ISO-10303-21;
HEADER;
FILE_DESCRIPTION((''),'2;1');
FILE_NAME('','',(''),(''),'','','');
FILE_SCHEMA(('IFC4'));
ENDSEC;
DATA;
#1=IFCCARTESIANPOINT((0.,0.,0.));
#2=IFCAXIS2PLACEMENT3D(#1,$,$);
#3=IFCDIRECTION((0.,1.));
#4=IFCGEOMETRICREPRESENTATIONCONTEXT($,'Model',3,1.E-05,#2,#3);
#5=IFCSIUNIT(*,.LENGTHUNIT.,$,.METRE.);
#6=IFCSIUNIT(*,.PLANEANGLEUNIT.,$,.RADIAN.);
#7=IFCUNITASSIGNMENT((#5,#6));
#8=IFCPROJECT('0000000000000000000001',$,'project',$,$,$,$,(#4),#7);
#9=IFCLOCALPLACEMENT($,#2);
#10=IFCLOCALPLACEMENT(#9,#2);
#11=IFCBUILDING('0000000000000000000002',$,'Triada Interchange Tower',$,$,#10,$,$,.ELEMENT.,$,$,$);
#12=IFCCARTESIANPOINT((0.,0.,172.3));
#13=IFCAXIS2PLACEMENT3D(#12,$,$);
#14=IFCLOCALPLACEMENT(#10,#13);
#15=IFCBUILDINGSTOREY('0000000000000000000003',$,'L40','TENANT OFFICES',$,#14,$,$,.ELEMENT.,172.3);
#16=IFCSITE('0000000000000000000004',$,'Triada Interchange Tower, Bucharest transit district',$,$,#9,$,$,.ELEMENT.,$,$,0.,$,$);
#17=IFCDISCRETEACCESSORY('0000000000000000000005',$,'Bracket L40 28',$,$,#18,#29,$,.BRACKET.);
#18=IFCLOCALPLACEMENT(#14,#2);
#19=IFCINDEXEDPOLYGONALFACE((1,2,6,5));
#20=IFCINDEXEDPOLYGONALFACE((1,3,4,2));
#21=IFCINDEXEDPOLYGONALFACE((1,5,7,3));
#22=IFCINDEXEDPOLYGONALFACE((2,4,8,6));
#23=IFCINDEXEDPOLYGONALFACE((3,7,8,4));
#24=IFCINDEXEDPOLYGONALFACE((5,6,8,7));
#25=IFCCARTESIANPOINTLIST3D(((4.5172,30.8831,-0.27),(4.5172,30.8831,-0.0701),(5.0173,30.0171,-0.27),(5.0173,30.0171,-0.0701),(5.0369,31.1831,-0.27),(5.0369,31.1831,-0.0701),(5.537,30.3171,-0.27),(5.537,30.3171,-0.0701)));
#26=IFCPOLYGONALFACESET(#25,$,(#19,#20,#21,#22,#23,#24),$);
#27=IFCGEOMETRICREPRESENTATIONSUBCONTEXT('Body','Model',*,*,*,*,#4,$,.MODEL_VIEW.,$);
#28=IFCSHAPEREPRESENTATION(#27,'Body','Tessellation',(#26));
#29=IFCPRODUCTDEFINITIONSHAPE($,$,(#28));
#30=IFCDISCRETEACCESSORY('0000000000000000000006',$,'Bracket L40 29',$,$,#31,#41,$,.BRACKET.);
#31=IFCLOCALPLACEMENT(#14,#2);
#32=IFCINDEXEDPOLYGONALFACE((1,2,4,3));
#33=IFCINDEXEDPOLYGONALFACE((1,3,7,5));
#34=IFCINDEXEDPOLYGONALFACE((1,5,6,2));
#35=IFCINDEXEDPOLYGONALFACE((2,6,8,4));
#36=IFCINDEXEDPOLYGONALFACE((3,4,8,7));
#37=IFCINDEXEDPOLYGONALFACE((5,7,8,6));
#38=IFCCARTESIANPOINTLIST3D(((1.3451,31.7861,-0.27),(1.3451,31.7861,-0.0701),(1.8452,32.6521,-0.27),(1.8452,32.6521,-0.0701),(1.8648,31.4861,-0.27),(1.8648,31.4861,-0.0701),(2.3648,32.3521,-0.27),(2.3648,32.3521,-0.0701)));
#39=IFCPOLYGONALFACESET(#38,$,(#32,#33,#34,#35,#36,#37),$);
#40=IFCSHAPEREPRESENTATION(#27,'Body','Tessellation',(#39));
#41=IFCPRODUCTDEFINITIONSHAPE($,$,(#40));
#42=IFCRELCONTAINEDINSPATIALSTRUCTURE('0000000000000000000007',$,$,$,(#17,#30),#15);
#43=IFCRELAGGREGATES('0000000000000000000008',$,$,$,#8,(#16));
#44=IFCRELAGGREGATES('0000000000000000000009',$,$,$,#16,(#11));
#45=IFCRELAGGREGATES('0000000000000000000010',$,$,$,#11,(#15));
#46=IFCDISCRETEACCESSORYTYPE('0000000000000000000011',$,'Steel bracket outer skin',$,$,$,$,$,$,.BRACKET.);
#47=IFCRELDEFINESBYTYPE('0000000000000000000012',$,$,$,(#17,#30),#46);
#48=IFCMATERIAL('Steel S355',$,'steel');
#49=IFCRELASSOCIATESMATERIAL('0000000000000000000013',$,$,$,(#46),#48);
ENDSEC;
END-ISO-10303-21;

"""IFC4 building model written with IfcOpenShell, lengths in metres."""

from ifc_helpers import new_model, si_unit, direction, frame, origin, origin_2d, place, context, subcontext, project, spatial, rectangle, extrude, material, type_object, element, save


model = new_model("IFC4")

# Units and contexts
model_context = context("Model", 3, precision=1e-05, world=origin(), true_north=direction((0.0, 1.0)))
body_context = subcontext(model_context, "Body", "Model", "MODEL_VIEW")
ifc_project = project(units=[si_unit("LENGTHUNIT", "METRE"), si_unit("PLANEANGLEUNIT", "RADIAN")], contexts=[model_context])

# Site, building, storey
site_placement = place(None, origin())
site = spatial("IfcSite", under=ifc_project, at=site_placement, Name="Triada Interchange Tower, Bucharest transit district", CompositionType="ELEMENT", RefElevation=0.0)
building_placement = place(site_placement, origin())
building = spatial("IfcBuilding", under=site, at=building_placement, Name="Triada Interchange Tower", CompositionType="ELEMENT")
storey_placement = place(building_placement, frame((0.0, 0.0, 172.3)))
storey = spatial("IfcBuildingStorey", under=building, at=storey_placement, Name="L40", Description="TENANT OFFICES", CompositionType="ELEMENT", Elevation=172.3)

# Discrete accessories
ifc_material_1 = material(Name="Steel S355", Category="steel")
discrete_accessory_type = type_object("IfcDiscreteAccessoryType", Name="Steel bracket outer skin", PredefinedType="BRACKET", material=ifc_material_1)
for number, where, z_axis, x_axis, name in (
    (1, (5.0271, 30.6001, -0.27), (0.0, 0.0, 1.0), (0.866023, 0.500005, 0.0), "Bracket L40 28"),
    (2, (1.855, 32.0691, -0.27), (0.0, 0.0, 1.0), (-0.866001, 0.500043, 0.0), "Bracket L40 29"),
):
    element("IfcDiscreteAccessory", number, at=place(storey_placement, frame(where, z_axis=z_axis, x_axis=x_axis)), inside=storey, type_object=discrete_accessory_type, Name=name, PredefinedType="BRACKET", context=body_context, shape_type="SweptSolid", body=[
        extrude(rectangle(XDim=0.6001, YDim=1.0, at=origin_2d()), origin(), (0.0, 0.0, 1.0), 0.2),
    ])

save(model, "model.ifc")
